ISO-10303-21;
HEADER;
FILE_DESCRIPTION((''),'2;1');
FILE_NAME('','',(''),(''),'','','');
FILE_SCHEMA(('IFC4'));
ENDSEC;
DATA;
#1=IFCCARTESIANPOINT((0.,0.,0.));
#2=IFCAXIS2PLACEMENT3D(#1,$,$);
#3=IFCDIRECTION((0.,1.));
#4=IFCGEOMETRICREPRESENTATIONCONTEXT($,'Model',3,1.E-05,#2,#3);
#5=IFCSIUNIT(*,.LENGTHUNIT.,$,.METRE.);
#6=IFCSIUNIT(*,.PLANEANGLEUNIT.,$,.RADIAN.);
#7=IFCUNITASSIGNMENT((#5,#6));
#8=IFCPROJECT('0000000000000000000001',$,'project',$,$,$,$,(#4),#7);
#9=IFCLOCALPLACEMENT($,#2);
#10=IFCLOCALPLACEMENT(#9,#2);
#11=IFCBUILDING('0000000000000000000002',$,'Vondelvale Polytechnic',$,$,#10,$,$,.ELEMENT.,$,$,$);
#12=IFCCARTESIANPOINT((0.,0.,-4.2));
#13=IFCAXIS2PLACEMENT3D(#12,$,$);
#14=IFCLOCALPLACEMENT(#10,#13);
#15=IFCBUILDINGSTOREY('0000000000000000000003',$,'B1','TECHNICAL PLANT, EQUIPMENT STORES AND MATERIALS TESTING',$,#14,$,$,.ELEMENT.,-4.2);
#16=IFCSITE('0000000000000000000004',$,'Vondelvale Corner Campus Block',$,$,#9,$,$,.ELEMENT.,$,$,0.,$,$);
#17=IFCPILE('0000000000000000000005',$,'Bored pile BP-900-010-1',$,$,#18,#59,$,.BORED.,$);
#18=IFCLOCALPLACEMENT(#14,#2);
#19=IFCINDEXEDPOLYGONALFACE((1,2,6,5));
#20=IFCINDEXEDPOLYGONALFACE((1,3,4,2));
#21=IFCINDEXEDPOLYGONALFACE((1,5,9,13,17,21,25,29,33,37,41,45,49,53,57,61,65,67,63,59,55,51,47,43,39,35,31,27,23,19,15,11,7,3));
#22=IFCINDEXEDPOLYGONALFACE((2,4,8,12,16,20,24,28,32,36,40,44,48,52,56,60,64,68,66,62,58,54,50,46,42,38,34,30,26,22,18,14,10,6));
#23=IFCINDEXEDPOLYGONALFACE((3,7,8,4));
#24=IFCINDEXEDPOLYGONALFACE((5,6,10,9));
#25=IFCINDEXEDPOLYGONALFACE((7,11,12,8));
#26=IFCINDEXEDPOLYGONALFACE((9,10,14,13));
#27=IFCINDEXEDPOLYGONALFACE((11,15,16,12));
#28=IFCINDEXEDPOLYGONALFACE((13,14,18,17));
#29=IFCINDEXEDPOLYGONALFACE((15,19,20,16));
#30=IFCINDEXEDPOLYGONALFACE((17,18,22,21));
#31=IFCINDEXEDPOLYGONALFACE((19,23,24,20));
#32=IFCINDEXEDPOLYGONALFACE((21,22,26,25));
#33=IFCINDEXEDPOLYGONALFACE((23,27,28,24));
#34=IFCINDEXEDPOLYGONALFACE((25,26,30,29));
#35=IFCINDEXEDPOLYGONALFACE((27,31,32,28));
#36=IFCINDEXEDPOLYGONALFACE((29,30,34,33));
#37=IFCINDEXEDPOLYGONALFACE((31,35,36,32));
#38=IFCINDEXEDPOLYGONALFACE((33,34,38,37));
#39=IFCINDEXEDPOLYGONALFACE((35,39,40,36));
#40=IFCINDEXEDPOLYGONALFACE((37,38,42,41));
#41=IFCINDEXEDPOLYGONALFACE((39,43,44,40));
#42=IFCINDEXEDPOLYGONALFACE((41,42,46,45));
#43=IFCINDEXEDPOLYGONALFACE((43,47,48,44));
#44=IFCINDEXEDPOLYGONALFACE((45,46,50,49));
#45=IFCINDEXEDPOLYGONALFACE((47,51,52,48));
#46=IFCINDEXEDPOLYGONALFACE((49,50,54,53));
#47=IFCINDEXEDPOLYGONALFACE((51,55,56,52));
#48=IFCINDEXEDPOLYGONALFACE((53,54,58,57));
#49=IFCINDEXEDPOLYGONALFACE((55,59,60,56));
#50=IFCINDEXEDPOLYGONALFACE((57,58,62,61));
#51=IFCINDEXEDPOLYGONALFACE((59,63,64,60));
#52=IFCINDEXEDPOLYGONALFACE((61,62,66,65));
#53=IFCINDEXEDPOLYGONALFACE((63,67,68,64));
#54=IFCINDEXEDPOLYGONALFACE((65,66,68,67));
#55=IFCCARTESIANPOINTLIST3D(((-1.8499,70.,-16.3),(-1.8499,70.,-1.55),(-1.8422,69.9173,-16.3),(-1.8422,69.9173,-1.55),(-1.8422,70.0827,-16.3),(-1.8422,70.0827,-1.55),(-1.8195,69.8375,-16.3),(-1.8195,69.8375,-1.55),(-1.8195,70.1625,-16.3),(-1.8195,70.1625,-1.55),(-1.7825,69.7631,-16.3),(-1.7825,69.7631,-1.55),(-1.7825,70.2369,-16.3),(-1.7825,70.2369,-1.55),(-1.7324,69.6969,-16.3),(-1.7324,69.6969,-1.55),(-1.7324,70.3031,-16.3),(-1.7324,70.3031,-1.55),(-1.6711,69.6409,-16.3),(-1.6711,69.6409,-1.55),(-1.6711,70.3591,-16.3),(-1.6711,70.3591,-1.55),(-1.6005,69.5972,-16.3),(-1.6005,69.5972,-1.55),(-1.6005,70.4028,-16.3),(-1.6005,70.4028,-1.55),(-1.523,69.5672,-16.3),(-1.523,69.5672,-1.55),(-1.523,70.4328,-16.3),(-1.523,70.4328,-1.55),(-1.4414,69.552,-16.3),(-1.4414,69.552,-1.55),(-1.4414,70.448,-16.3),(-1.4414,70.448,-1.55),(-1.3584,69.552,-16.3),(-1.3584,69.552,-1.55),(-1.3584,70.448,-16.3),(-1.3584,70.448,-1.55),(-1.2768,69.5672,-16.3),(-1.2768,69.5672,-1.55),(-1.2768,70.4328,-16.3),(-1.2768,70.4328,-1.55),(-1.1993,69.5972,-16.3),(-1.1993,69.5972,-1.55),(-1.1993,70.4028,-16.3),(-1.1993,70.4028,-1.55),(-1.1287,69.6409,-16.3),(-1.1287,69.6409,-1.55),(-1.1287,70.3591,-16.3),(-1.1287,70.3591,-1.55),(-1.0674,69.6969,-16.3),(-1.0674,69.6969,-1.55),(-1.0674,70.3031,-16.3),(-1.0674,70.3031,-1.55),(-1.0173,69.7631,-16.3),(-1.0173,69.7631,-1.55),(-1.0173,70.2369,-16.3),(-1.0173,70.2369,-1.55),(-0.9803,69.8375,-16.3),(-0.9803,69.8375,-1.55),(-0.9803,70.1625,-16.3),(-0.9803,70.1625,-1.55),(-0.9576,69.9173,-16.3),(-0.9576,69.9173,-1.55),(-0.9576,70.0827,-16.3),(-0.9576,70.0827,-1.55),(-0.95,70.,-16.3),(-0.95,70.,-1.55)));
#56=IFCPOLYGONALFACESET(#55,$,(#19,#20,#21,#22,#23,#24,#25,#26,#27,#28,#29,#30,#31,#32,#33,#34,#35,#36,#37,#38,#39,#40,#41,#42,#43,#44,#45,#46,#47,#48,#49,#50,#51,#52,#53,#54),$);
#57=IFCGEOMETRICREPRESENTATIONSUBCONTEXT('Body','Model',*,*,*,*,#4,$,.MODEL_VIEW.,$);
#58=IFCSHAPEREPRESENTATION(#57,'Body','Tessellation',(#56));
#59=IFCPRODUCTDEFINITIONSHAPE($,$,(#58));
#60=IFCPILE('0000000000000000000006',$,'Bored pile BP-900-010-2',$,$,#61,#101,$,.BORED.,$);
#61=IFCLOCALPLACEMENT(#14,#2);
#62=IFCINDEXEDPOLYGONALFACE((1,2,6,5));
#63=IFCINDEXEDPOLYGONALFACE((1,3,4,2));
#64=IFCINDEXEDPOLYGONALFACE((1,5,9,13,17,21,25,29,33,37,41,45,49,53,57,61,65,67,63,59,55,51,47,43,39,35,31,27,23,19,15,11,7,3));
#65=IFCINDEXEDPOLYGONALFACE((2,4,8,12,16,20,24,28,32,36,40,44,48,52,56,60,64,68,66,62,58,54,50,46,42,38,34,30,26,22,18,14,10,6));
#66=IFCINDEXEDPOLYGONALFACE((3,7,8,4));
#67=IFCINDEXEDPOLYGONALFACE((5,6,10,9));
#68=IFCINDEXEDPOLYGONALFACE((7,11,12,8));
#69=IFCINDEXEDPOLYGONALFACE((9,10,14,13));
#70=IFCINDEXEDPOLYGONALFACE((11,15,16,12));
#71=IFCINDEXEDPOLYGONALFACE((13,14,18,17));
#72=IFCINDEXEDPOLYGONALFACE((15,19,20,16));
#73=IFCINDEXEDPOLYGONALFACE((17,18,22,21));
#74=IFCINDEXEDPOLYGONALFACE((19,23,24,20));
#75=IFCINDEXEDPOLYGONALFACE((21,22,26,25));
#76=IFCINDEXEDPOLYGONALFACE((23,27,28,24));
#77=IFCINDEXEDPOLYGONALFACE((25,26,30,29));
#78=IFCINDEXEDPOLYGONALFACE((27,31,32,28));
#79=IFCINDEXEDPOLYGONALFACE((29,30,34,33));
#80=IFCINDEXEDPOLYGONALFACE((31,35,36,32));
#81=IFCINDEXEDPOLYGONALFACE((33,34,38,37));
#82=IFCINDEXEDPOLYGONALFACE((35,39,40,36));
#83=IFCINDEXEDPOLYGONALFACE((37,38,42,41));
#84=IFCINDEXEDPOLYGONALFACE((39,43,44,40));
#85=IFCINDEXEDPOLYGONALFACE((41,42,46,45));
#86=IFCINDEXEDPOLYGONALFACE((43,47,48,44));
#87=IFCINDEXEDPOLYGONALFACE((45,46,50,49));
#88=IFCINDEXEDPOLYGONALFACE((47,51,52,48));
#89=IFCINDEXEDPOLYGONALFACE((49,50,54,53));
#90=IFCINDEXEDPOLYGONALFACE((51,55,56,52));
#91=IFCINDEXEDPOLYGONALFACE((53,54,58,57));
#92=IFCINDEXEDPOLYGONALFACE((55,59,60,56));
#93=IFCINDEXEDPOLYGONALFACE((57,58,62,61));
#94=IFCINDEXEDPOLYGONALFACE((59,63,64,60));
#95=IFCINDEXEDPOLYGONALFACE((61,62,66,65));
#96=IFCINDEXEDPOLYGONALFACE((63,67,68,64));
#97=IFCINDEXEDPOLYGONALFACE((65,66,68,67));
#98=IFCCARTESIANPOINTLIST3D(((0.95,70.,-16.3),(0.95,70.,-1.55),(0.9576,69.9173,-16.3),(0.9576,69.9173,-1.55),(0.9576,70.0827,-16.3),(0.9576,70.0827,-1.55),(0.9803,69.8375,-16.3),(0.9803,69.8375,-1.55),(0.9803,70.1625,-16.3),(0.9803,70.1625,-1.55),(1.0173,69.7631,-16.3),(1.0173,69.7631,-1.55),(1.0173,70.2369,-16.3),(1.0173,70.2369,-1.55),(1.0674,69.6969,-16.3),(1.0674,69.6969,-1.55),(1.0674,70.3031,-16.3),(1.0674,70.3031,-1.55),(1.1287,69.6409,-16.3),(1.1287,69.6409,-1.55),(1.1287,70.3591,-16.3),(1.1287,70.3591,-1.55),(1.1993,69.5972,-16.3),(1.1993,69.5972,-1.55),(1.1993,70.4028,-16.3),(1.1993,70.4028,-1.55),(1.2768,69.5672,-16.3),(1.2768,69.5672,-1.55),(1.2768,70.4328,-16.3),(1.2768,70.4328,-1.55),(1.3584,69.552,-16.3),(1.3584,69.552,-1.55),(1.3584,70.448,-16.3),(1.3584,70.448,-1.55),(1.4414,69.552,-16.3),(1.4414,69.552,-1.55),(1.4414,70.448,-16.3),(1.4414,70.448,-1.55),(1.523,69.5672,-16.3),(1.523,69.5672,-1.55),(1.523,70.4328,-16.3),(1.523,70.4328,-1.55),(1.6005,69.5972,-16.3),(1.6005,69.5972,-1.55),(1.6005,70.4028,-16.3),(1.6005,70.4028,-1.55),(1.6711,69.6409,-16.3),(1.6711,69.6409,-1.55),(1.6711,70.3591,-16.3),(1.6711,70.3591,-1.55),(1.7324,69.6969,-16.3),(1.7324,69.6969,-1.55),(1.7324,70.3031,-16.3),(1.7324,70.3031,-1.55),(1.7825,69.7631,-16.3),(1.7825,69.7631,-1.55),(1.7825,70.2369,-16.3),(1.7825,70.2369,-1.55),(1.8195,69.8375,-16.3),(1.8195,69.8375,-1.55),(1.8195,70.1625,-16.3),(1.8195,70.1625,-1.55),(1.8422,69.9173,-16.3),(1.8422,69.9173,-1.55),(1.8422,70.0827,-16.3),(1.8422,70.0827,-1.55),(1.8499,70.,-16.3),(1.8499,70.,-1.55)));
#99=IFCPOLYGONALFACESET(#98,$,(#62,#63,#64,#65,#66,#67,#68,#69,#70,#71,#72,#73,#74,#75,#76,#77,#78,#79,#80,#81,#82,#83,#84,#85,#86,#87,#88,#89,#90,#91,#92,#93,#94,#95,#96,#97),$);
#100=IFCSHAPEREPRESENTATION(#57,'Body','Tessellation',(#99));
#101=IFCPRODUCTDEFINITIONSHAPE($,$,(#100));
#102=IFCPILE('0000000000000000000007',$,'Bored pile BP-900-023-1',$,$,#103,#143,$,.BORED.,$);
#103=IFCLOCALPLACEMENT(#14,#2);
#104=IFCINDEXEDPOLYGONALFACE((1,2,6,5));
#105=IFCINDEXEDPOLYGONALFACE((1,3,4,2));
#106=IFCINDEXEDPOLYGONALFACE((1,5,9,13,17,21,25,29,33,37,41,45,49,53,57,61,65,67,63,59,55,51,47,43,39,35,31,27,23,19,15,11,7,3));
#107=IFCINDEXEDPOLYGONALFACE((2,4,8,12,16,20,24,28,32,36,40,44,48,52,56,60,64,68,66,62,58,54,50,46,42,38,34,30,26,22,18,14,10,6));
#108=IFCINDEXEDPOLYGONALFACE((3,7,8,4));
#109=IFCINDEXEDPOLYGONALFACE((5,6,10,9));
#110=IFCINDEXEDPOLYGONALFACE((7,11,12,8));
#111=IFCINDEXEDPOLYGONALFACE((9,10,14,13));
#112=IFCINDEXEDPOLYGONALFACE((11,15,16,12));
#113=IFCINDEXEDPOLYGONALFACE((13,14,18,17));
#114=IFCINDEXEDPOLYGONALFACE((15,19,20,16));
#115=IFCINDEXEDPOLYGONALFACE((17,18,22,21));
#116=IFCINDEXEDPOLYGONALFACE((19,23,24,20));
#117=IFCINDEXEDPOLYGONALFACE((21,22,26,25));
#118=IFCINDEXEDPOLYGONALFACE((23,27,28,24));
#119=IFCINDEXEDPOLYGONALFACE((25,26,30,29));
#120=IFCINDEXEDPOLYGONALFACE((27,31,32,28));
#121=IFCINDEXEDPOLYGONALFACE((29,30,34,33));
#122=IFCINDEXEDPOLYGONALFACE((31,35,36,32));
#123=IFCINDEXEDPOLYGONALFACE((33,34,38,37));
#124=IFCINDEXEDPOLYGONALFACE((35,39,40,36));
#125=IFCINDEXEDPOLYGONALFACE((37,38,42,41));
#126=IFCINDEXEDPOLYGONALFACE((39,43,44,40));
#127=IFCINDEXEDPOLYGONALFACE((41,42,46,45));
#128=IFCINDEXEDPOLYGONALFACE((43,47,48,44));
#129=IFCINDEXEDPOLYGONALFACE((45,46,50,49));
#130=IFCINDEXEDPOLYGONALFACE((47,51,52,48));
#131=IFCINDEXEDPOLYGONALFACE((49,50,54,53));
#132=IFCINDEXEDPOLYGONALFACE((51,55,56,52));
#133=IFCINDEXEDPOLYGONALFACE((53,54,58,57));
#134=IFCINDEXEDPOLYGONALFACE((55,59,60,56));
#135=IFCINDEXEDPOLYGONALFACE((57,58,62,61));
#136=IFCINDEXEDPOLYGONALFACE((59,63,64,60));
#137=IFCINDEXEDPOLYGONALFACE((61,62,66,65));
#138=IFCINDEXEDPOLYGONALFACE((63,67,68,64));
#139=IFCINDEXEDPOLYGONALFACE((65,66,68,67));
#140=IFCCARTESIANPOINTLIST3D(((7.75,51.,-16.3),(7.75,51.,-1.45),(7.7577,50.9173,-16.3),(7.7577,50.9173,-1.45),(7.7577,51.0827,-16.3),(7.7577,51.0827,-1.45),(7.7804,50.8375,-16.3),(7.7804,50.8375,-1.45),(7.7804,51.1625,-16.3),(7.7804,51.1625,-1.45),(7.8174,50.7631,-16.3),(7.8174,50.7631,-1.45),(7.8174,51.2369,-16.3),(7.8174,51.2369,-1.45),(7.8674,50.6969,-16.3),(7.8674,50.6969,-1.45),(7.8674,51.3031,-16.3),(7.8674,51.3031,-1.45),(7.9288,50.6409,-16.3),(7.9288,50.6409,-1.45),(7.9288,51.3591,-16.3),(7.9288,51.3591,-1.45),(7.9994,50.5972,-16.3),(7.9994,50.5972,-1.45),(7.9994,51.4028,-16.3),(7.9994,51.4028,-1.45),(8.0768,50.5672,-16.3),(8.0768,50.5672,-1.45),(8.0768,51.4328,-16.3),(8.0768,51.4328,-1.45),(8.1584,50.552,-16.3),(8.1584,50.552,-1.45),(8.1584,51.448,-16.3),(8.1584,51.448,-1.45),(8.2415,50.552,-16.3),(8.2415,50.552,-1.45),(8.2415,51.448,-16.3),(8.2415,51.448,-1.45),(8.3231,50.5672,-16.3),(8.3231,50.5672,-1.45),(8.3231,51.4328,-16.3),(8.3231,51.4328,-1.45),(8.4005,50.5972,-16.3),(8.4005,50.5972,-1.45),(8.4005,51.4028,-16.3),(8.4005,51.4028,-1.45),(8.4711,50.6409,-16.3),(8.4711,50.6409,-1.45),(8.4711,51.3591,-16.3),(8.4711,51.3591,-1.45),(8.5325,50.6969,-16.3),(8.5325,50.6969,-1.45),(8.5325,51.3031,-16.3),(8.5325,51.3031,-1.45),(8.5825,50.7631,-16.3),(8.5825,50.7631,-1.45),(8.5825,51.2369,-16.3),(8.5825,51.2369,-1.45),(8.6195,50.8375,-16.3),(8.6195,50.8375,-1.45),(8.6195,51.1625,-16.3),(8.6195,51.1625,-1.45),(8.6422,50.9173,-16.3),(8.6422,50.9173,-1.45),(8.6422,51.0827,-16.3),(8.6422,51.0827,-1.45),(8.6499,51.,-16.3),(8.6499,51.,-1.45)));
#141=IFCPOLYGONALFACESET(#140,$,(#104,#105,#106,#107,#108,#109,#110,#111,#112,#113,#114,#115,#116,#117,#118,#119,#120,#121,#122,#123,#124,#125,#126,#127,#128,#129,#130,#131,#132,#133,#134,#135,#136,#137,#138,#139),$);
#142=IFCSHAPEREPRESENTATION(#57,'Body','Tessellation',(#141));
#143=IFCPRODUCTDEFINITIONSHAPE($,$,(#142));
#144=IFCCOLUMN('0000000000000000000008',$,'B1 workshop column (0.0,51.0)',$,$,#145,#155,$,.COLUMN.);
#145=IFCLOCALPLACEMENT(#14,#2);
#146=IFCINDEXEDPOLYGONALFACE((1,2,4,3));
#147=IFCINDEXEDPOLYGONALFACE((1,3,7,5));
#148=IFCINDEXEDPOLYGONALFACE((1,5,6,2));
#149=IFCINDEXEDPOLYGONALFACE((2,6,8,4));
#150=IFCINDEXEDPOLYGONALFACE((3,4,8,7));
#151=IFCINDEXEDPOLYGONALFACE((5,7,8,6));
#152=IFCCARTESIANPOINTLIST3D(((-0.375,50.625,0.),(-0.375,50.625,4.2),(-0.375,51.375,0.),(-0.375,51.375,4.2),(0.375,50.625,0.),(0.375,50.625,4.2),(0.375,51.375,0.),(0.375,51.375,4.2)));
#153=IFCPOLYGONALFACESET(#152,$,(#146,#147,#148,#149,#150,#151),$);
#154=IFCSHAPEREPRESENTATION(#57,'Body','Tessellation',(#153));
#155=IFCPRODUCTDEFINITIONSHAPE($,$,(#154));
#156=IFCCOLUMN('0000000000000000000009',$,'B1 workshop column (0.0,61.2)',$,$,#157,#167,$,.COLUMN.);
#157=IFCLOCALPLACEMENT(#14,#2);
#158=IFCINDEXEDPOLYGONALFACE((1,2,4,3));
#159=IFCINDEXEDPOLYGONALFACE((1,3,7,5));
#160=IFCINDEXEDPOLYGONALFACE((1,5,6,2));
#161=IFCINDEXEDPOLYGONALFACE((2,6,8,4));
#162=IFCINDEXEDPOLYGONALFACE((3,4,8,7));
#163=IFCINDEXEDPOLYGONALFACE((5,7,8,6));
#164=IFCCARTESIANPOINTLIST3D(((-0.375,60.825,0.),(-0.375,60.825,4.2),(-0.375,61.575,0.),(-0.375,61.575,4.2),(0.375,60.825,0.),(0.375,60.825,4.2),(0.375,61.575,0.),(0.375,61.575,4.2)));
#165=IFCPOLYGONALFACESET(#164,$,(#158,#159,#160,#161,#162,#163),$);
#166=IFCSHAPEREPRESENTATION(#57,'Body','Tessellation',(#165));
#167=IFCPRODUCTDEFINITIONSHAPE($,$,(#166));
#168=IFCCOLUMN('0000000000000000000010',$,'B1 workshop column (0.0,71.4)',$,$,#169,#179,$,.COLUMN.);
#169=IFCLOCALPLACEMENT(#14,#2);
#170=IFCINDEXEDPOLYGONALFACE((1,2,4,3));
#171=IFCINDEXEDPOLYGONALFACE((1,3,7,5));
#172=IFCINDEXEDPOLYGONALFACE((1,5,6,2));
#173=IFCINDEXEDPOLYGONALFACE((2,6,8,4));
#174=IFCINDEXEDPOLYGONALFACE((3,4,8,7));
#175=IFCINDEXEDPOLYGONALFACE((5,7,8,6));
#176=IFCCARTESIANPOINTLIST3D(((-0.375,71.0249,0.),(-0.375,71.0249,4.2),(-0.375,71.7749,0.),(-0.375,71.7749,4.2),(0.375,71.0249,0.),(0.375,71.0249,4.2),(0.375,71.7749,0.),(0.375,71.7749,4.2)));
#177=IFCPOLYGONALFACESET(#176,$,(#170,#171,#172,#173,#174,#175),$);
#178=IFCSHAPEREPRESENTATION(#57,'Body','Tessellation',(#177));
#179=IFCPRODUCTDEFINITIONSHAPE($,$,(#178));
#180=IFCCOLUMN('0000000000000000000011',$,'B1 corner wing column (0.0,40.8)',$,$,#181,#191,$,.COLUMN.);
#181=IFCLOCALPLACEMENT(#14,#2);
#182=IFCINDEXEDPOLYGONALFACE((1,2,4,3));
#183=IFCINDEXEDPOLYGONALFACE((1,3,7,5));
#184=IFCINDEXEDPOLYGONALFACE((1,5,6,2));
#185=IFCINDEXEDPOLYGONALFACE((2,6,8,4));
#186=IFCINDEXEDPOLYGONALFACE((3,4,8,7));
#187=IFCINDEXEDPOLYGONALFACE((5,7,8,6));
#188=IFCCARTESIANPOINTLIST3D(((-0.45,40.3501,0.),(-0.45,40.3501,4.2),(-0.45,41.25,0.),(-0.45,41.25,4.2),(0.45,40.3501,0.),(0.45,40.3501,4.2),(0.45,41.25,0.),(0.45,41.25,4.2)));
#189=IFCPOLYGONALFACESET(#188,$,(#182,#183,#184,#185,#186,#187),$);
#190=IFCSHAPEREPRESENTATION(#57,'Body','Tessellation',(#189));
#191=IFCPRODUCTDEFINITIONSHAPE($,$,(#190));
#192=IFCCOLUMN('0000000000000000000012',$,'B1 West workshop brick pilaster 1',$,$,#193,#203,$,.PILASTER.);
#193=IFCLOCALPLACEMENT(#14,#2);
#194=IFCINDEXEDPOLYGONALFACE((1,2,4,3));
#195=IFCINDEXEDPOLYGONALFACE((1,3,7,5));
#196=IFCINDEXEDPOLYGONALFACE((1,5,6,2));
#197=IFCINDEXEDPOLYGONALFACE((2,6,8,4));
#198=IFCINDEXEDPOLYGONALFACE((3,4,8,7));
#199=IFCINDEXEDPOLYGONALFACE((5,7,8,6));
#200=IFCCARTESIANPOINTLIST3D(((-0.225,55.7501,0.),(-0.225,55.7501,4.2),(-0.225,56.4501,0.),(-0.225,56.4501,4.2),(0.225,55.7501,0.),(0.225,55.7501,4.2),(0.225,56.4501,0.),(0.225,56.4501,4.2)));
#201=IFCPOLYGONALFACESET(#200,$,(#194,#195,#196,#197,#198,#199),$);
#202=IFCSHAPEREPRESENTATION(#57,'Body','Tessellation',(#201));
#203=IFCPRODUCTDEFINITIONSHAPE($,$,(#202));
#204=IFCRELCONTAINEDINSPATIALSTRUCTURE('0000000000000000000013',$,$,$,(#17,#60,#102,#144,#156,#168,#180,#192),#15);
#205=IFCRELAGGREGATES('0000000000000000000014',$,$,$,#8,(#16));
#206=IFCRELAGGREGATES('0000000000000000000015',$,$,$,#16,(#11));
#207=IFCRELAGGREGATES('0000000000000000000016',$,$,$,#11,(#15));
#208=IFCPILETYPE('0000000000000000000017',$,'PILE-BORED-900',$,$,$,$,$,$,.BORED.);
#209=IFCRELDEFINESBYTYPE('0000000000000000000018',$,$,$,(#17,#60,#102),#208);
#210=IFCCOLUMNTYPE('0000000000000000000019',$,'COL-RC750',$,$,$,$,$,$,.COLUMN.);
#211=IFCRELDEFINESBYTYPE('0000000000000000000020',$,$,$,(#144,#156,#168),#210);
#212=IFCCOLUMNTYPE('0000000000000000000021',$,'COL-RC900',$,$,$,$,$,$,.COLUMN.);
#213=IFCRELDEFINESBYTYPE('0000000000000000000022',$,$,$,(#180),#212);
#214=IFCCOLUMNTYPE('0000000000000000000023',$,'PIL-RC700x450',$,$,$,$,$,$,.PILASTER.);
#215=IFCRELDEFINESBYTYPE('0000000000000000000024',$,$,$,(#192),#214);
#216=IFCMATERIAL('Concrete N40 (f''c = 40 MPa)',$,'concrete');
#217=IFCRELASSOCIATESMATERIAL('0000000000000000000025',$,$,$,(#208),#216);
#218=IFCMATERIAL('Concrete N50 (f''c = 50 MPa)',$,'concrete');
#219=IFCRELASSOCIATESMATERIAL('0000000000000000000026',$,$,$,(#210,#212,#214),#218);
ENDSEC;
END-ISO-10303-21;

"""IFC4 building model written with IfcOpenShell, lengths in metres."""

from ifc_helpers import new_model, si_unit, direction, frame, origin, origin_2d, place, context, subcontext, project, spatial, rectangle, circle, extrude, material, material_profile, profile_set, type_object, element, save


model = new_model("IFC4")

# Units and contexts
model_context = context("Model", 3, precision=1e-05, world=origin(), true_north=direction((0.0, 1.0)))
body_context = subcontext(model_context, "Body", "Model", "MODEL_VIEW")
ifc_project = project(units=[si_unit("LENGTHUNIT", "METRE"), si_unit("PLANEANGLEUNIT", "RADIAN")], contexts=[model_context])

# Site, building, storey
site_placement = place(None, origin())
site = spatial("IfcSite", under=ifc_project, at=site_placement, Name="Vondelvale Corner Campus Block", CompositionType="ELEMENT", RefElevation=0.0)
building_placement = place(site_placement, origin())
building = spatial("IfcBuilding", under=site, at=building_placement, Name="Vondelvale Polytechnic", CompositionType="ELEMENT")
storey_placement = place(building_placement, frame((0.0, 0.0, -4.2)))
storey = spatial("IfcBuildingStorey", under=building, at=storey_placement, Name="B1", Description="TECHNICAL PLANT, EQUIPMENT STORES AND MATERIALS TESTING", CompositionType="ELEMENT", Elevation=-4.2)

# Shared definitions
ifc_material_1 = material(Name="Concrete N40 (f'c = 40 MPa)", Category="concrete")

# Piles
ifc_material_profile_1 = material_profile(ifc_material_1, circle(Radius=0.45, at=origin_2d()), Name="PILE-D900")
ifc_profile_set_1 = profile_set([ifc_material_profile_1], Name="Concrete N40 (f'c = 40 MPa)")
pile_type_1 = type_object("IfcPileType", Name="PILE-BORED-900", PredefinedType="BORED", material=ifc_profile_set_1)
for number, where, z_axis, x_axis, name in (
    (1, (-1.3999, 70.0, -1.55), (0.0, 0.0, -1.0), (1.0, 0.0, 0.0), "Bored pile BP-900-010-1"),
    (2, (1.3999, 70.0, -1.55), (0.0, 0.0, -1.0), (1.0, 0.0, 0.0), "Bored pile BP-900-010-2"),
):
    element("IfcPile", number, at=place(storey_placement, frame(where, z_axis=z_axis, x_axis=x_axis)), inside=storey, type_object=pile_type_1, Name=name, PredefinedType="BORED", context=body_context, shape_type="SweptSolid", body=[
        extrude(circle(Radius=0.45, at=origin_2d()), origin(), (0.0, 0.0, 1.0), 14.75),
    ])
pile_placement = place(storey_placement, frame((8.2, 51.0, -1.45), z_axis=(0.0, 0.0, -1.0), x_axis=(1.0, 0.0, 0.0)))
element("IfcPile", 3, at=pile_placement, inside=storey, type_object=pile_type_1, Name="Bored pile BP-900-023-1", PredefinedType="BORED", context=body_context, shape_type="SweptSolid", body=[
    extrude(circle(Radius=0.45, at=origin_2d()), origin(), (0.0, 0.0, 1.0), 14.8501),
])

# Columns
ifc_material_2 = material(Name="Concrete N50 (f'c = 50 MPa)", Category="concrete")
ifc_material_profile_2 = material_profile(ifc_material_2, rectangle(XDim=0.75, YDim=0.75, at=origin_2d()), Name="RC-COL-750x750")
ifc_profile_set_2 = profile_set([ifc_material_profile_2], Name="Concrete N50 (f'c = 50 MPa)")
column_type_1 = type_object("IfcColumnType", Name="COL-RC750", PredefinedType="COLUMN", material=ifc_profile_set_2)
for number, where, z_axis, x_axis, name in (
    (4, (0.0, 51.0, 0.0), (0.0, 0.0, 1.0), (1.0, 0.0, 0.0), "B1 workshop column (0.0,51.0)"),
    (5, (0.0, 61.2, 0.0), (0.0, 0.0, 1.0), (1.0, 0.0, 0.0), "B1 workshop column (0.0,61.2)"),
    (6, (0.0, 71.3999, 0.0), (0.0, 0.0, 1.0), (1.0, 0.0, 0.0), "B1 workshop column (0.0,71.4)"),
):
    element("IfcColumn", number, at=place(storey_placement, frame(where, z_axis=z_axis, x_axis=x_axis)), inside=storey, type_object=column_type_1, Name=name, PredefinedType="COLUMN", context=body_context, shape_type="SweptSolid", body=[
        extrude(rectangle(XDim=0.75, YDim=0.75, at=origin_2d()), origin(), (0.0, 0.0, 1.0), 4.2),
    ])
ifc_material_profile_3 = material_profile(ifc_material_2, rectangle(XDim=0.8999, YDim=0.8999, at=origin_2d()), Name="RC-COL-900x900")
ifc_profile_set_3 = profile_set([ifc_material_profile_3], Name="Concrete N50 (f'c = 50 MPa)")
column_type_2 = type_object("IfcColumnType", Name="COL-RC900", PredefinedType="COLUMN", material=ifc_profile_set_3)
column_placement = place(storey_placement, frame((0.0, 40.8, 0.0), z_axis=(0.0, 0.0, 1.0), x_axis=(1.0, 0.0, 0.0)))
element("IfcColumn", 7, at=column_placement, inside=storey, type_object=column_type_2, Name="B1 corner wing column (0.0,40.8)", PredefinedType="COLUMN", context=body_context, shape_type="SweptSolid", body=[
    extrude(rectangle(XDim=0.8999, YDim=0.8999, at=origin_2d()), origin(), (0.0, 0.0, 1.0), 4.2),
])
ifc_material_profile_4 = material_profile(ifc_material_2, rectangle(XDim=0.45, YDim=0.7, at=origin_2d()), Name="RC-PIL-700x450")
ifc_profile_set_4 = profile_set([ifc_material_profile_4], Name="Concrete N50 (f'c = 50 MPa)")
column_type_3 = type_object("IfcColumnType", Name="PIL-RC700x450", PredefinedType="PILASTER", material=ifc_profile_set_4)
for number, where, z_axis, x_axis, name in (
    (8, (0.0, 56.1001, 0.0), (0.0, 0.0, 1.0), (1.0, 0.0, 0.0), "B1 West workshop brick pilaster 1"),
):
    element("IfcColumn", number, at=place(storey_placement, frame(where, z_axis=z_axis, x_axis=x_axis)), inside=storey, type_object=column_type_3, Name=name, PredefinedType="PILASTER", context=body_context, shape_type="SweptSolid", body=[
        extrude(rectangle(XDim=0.45, YDim=0.7, at=origin_2d()), origin(), (0.0, 0.0, 1.0), 4.2),
    ])

save(model, "model.ifc")
